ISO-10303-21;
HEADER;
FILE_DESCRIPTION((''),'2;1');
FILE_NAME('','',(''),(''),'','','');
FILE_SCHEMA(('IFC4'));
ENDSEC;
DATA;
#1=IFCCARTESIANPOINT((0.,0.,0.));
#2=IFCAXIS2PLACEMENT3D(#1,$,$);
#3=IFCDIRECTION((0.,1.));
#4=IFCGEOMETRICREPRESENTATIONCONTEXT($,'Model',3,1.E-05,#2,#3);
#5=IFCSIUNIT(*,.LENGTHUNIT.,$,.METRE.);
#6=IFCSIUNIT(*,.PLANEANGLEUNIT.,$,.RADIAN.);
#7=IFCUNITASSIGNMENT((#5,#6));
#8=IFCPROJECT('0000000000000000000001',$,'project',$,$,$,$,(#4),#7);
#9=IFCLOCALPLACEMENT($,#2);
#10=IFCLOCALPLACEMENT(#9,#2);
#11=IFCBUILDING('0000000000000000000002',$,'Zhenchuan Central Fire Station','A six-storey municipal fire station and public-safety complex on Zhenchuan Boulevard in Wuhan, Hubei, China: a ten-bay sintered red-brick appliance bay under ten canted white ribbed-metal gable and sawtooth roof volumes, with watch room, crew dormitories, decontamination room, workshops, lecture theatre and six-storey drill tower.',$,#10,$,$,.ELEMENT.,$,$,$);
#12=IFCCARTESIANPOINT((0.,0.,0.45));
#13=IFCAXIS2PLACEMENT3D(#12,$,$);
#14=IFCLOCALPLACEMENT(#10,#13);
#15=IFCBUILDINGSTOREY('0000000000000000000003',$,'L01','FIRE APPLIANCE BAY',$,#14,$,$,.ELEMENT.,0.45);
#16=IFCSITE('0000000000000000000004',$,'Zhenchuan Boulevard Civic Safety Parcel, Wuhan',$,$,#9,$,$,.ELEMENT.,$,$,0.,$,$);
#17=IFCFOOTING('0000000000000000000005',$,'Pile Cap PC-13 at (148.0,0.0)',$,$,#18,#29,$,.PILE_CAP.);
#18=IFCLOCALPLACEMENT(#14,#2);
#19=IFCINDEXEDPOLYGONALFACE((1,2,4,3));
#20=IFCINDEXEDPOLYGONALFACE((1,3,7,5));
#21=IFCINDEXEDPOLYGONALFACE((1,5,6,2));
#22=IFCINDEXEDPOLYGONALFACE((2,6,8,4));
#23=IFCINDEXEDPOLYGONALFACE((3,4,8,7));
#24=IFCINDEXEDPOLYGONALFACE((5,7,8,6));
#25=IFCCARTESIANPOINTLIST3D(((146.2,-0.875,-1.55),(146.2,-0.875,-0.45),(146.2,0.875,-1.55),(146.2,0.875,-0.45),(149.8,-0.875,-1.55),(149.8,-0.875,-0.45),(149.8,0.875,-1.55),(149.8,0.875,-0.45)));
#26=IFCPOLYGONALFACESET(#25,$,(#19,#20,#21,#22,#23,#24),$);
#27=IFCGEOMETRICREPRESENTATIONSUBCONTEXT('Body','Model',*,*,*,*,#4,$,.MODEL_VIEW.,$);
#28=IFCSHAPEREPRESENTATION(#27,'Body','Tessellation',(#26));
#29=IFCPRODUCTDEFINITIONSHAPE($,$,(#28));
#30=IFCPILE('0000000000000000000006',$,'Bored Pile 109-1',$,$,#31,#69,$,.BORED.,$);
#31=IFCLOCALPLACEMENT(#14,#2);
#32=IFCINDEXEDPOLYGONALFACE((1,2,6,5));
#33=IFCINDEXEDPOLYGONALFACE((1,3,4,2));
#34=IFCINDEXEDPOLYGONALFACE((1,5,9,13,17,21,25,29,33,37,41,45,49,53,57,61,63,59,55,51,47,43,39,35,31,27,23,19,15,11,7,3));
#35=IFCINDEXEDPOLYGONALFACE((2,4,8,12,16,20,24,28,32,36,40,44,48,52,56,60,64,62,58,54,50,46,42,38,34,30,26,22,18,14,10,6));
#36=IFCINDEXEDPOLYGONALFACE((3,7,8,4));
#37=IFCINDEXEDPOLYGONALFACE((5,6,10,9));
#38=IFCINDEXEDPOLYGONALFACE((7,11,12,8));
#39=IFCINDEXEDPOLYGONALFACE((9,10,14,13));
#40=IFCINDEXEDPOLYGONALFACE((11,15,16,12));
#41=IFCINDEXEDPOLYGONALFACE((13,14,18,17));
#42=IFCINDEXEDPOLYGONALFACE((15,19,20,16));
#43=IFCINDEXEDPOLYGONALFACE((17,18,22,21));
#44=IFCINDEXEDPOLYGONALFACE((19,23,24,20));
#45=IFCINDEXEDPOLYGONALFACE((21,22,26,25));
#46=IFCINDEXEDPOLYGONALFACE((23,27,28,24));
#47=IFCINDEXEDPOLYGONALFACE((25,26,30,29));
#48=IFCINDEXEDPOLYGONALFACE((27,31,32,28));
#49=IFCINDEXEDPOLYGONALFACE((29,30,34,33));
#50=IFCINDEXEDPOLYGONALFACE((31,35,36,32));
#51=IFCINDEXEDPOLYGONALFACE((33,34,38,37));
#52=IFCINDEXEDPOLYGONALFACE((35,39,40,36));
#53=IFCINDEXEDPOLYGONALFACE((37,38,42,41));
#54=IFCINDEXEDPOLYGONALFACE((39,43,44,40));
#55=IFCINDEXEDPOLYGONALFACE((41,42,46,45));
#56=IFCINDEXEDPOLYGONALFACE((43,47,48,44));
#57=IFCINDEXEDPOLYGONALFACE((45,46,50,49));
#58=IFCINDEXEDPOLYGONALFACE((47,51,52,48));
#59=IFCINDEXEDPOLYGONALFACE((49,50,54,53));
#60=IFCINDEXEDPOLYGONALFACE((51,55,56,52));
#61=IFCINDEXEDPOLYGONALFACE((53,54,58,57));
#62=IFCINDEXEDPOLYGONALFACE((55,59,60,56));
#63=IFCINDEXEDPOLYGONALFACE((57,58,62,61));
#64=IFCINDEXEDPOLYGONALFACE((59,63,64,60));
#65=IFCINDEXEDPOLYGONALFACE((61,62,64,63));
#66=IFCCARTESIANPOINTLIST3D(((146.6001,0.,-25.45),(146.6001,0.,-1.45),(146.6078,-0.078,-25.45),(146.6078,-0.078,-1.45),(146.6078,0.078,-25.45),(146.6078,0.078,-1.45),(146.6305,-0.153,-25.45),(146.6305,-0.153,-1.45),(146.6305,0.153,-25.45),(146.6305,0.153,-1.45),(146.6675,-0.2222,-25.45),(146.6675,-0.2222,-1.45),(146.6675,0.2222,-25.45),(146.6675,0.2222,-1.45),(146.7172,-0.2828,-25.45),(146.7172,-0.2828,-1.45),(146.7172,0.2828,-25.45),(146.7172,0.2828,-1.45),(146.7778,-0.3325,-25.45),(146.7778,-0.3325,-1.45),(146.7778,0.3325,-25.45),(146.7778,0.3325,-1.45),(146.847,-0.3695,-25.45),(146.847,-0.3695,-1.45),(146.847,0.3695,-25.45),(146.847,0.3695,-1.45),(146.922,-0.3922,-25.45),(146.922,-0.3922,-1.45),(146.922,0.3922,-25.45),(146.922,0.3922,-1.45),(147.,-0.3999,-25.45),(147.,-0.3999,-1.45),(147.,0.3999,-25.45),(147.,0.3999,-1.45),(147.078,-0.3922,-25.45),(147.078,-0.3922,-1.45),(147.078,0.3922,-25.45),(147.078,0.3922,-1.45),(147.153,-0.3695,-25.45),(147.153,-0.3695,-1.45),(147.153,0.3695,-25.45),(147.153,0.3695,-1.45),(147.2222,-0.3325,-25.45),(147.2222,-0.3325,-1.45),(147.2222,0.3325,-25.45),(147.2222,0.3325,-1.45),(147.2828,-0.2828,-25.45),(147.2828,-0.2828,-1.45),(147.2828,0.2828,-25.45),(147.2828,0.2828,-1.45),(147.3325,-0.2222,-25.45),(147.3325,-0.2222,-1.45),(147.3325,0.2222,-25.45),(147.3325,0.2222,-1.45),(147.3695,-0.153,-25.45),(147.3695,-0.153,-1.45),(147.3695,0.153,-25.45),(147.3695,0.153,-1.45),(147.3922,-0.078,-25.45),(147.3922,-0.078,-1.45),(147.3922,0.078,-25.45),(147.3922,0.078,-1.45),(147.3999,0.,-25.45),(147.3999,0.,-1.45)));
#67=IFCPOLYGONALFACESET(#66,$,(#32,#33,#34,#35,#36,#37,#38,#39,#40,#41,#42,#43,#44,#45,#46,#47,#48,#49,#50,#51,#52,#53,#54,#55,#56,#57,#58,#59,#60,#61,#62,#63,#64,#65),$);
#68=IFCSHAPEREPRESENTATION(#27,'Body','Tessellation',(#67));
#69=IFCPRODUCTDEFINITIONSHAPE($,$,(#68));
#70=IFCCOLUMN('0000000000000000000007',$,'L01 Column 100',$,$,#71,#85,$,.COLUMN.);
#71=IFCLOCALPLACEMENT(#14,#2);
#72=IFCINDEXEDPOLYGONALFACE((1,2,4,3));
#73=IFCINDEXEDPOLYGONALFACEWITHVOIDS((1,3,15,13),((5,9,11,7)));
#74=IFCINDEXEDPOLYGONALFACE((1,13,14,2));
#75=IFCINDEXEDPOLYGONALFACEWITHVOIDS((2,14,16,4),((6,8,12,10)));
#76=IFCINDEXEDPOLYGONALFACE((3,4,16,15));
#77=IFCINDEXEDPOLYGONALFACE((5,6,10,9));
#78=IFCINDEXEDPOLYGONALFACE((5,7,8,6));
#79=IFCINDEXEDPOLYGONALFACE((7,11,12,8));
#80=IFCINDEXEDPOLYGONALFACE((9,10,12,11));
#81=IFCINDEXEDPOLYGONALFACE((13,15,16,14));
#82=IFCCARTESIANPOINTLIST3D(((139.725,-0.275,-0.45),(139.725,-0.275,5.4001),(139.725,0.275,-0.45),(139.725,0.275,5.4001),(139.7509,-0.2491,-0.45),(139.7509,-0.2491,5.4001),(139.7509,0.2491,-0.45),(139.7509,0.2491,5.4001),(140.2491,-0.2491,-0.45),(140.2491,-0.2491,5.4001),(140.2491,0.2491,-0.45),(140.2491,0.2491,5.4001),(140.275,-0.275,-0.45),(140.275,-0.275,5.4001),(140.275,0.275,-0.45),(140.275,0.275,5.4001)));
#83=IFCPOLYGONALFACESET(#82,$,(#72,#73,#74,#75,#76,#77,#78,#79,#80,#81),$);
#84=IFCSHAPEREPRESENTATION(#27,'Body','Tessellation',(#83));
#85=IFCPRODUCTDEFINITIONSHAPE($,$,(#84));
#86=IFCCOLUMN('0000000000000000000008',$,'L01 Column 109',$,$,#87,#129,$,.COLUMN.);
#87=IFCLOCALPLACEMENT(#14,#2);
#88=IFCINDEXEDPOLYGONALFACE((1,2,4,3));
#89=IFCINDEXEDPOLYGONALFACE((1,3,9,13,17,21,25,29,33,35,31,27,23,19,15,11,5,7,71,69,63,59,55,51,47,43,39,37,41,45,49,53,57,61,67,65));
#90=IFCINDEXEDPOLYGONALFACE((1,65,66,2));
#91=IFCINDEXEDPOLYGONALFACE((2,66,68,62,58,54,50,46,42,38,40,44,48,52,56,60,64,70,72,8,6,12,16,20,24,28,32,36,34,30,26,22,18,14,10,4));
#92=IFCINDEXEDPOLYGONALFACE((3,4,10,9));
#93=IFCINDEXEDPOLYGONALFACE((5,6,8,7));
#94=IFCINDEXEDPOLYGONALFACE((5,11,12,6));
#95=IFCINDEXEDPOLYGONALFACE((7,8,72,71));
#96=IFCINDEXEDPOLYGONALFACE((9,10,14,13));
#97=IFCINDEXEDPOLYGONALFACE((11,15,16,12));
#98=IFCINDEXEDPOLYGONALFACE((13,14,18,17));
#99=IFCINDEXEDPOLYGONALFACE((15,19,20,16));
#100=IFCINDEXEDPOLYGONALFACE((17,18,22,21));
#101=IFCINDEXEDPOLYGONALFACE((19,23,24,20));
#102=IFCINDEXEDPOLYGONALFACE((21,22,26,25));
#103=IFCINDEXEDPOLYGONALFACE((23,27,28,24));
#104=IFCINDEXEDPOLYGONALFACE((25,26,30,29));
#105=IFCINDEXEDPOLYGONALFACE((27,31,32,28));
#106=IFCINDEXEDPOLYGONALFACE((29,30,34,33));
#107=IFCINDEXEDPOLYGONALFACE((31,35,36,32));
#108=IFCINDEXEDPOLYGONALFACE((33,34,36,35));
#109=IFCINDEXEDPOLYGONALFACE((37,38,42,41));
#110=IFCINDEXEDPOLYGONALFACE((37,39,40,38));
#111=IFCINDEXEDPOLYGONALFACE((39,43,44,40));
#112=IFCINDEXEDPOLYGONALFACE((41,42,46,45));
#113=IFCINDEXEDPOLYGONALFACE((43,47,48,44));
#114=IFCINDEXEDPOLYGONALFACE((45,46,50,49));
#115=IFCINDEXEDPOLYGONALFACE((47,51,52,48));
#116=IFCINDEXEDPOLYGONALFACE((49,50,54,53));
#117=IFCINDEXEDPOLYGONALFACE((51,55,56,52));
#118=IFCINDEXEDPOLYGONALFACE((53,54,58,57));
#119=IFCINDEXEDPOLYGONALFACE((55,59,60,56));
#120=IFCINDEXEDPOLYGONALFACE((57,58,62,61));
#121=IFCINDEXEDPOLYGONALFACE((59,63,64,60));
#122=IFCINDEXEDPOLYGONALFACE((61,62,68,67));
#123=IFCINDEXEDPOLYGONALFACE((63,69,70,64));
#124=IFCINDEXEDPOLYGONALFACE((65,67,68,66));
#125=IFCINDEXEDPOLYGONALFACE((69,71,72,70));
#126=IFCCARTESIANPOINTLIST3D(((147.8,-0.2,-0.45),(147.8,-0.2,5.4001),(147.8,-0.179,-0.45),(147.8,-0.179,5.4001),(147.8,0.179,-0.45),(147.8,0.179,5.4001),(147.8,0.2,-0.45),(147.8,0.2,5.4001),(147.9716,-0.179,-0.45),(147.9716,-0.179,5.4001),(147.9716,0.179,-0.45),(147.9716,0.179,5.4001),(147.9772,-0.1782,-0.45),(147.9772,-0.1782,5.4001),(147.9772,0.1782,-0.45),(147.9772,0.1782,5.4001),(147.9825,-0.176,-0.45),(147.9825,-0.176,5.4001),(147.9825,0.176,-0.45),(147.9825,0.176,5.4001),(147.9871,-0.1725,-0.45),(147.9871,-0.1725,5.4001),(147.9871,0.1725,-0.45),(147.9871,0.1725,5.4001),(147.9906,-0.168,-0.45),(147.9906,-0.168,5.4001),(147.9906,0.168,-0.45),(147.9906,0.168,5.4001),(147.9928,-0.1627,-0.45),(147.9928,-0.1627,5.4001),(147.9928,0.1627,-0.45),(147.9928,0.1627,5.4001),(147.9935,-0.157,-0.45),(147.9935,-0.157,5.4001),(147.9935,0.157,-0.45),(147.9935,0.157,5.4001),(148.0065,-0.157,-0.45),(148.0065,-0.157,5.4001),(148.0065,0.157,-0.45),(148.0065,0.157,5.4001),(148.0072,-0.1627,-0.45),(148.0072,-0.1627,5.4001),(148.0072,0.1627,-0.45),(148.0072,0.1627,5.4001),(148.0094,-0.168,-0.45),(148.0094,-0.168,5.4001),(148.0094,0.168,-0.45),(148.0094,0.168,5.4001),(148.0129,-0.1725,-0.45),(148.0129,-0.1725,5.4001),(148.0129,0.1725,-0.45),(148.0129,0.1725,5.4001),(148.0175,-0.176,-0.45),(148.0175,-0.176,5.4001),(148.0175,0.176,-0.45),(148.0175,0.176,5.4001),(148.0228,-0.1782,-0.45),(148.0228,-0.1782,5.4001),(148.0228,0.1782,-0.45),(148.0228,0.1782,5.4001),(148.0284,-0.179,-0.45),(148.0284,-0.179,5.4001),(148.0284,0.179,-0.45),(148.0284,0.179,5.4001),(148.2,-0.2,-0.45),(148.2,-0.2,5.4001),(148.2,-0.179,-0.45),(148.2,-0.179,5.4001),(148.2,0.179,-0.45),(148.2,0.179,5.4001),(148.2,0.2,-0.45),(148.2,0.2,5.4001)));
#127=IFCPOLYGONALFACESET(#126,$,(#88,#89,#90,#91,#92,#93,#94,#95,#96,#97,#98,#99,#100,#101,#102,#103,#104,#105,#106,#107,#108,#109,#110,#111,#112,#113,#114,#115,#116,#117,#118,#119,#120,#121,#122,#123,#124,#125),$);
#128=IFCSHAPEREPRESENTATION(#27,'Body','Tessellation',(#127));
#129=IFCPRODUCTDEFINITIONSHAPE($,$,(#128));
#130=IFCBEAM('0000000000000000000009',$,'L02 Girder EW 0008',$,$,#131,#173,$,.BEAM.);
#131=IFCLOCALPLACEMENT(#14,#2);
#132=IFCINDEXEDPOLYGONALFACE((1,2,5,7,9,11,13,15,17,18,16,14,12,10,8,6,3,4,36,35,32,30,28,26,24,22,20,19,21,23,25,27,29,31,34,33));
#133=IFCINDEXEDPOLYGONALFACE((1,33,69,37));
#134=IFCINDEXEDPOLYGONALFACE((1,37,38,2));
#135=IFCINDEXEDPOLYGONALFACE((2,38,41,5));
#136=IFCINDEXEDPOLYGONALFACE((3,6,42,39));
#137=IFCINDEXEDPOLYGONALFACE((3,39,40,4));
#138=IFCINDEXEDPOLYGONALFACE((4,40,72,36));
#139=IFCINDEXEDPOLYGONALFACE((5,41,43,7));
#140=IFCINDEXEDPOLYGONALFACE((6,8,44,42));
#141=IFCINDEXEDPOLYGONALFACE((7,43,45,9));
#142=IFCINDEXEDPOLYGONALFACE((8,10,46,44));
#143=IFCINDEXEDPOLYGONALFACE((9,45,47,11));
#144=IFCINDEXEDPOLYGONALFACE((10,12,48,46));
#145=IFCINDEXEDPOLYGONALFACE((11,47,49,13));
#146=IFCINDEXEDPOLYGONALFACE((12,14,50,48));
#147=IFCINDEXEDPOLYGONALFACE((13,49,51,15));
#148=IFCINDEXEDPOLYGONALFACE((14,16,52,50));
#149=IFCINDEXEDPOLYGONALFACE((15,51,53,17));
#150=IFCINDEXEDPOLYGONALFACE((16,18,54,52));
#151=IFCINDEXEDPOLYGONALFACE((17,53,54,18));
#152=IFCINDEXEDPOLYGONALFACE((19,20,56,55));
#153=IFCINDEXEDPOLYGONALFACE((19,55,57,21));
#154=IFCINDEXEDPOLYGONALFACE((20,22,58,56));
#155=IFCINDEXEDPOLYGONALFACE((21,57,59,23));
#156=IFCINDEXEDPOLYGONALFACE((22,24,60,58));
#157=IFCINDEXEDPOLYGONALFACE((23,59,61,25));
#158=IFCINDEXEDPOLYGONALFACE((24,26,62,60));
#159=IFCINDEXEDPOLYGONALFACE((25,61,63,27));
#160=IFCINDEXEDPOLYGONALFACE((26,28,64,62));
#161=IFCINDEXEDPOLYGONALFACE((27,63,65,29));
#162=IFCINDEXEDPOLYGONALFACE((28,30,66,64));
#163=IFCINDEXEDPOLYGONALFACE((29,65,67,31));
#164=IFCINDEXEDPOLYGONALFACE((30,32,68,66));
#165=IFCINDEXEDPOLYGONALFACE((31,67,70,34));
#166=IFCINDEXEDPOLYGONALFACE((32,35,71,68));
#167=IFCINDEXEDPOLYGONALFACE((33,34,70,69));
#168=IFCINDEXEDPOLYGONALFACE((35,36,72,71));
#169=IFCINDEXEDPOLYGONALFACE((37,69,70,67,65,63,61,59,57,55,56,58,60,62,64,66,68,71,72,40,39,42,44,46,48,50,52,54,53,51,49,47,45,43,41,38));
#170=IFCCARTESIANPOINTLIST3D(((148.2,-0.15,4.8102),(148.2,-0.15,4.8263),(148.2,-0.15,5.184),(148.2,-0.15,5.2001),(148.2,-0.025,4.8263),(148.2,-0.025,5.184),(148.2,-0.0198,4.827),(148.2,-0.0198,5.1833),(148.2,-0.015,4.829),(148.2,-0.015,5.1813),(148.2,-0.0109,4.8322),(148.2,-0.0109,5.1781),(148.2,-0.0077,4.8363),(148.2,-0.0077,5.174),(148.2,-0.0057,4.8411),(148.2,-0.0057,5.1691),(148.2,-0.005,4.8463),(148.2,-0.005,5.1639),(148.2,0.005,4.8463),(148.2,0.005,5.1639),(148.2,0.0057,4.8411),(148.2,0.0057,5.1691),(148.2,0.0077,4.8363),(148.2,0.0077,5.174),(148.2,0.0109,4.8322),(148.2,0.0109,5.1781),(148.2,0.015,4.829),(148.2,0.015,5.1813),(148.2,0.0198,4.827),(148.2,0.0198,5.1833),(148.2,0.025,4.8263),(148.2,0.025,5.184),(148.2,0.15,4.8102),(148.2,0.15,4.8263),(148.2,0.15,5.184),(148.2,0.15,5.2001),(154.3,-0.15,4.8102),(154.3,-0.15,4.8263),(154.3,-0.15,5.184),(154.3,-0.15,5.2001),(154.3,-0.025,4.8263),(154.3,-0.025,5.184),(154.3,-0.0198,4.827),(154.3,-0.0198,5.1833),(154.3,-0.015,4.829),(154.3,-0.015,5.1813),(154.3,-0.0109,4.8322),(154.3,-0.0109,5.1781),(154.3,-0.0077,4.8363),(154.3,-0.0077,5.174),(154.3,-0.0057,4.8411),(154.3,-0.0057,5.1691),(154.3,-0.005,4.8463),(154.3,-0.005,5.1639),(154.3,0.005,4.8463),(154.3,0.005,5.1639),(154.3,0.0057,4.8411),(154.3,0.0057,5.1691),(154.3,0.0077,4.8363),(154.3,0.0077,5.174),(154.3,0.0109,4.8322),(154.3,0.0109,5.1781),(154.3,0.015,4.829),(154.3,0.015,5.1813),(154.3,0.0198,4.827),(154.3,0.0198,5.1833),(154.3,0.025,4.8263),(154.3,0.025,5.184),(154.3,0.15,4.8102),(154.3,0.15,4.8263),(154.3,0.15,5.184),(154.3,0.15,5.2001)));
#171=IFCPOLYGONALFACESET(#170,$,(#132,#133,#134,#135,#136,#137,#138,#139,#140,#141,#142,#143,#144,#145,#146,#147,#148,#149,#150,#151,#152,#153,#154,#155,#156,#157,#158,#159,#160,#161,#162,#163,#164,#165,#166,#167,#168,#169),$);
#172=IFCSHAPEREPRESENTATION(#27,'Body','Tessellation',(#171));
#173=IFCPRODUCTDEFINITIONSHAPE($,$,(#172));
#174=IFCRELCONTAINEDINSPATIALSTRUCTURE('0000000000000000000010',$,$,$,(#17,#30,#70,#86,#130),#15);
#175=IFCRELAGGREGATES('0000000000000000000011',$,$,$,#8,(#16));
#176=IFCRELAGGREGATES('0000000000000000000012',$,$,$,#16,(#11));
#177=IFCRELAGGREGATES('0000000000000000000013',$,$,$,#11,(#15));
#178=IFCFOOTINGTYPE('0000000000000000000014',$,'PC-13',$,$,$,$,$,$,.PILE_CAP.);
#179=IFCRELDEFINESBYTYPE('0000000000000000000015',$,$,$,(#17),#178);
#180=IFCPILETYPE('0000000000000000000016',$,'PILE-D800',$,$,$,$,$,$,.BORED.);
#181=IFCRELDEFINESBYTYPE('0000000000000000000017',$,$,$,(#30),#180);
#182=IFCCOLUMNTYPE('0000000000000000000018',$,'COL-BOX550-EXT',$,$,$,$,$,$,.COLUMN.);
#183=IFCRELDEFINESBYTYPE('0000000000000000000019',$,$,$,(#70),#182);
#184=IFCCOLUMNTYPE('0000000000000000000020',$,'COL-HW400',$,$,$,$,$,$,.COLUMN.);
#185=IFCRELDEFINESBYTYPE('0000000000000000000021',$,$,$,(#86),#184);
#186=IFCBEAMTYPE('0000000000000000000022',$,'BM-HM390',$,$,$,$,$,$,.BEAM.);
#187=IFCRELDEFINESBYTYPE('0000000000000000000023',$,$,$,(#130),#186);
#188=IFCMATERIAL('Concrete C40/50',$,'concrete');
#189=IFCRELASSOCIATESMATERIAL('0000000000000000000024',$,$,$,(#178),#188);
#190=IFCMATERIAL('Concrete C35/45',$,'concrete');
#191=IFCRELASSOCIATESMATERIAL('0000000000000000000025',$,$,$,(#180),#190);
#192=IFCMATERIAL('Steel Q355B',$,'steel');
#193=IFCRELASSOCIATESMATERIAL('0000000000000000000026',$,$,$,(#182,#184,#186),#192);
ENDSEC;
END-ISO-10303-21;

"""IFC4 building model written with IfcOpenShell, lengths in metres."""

from ifc_helpers import new_model, si_unit, direction, frame, origin, origin_2d, place, context, subcontext, project, spatial, rectangle, hollow_rectangle, circle, i_section, extrude, material, material_profile, profile_set, type_object, element, save


model = new_model("IFC4")

# Units and contexts
model_context = context("Model", 3, precision=1e-05, world=origin(), true_north=direction((0.0, 1.0)))
body_context = subcontext(model_context, "Body", "Model", "MODEL_VIEW")
ifc_project = project(units=[si_unit("LENGTHUNIT", "METRE"), si_unit("PLANEANGLEUNIT", "RADIAN")], contexts=[model_context])

# Site, building, storey
site_placement = place(None, origin())
site = spatial("IfcSite", under=ifc_project, at=site_placement, Name="Zhenchuan Boulevard Civic Safety Parcel, Wuhan", CompositionType="ELEMENT", RefElevation=0.0)
building_placement = place(site_placement, origin())
building = spatial("IfcBuilding", under=site, at=building_placement, Name="Zhenchuan Central Fire Station", Description="A six-storey municipal fire station and public-safety complex on Zhenchuan Boulevard in Wuhan, Hubei, China: a ten-bay sintered red-brick appliance bay under ten canted white ribbed-metal gable and sawtooth roof volumes, with watch room, crew dormitories, decontamination room, workshops, lecture theatre and six-storey drill tower.", CompositionType="ELEMENT")
storey_placement = place(building_placement, frame((0.0, 0.0, 0.45)))
storey = spatial("IfcBuildingStorey", under=building, at=storey_placement, Name="L01", Description="FIRE APPLIANCE BAY", CompositionType="ELEMENT", Elevation=0.45)

# Footing
ifc_material_1 = material(Name="Concrete C40/50", Category="concrete")
footing_type = type_object("IfcFootingType", Name="PC-13", PredefinedType="PILE_CAP", material=ifc_material_1)
footing_placement = place(storey_placement, frame((148.0, 0.0, -1.55), z_axis=(0.0, 0.0, 1.0), x_axis=(1.0, 0.0, 0.0)))
element("IfcFooting", 1, at=footing_placement, inside=storey, type_object=footing_type, Name="Pile Cap PC-13 at (148.0,0.0)", PredefinedType="PILE_CAP", context=body_context, shape_type="SweptSolid", body=[
    extrude(rectangle(XDim=3.6001, YDim=1.75, at=origin_2d()), origin(), (0.0, 0.0, 1.0), 1.1001),
])

# Pile
ifc_material_2 = material(Name="Concrete C35/45", Category="concrete")
ifc_material_profile_1 = material_profile(ifc_material_2, circle(Radius=0.3999, at=origin_2d()), Name="PILE D800")
ifc_profile_set_1 = profile_set([ifc_material_profile_1], Name="Concrete C35/45")
pile_type = type_object("IfcPileType", Name="PILE-D800", PredefinedType="BORED", material=ifc_profile_set_1)
pile_placement = place(storey_placement, frame((147.0, 0.0, -1.45), z_axis=(0.0, 0.0, -1.0), x_axis=(1.0, 0.0, 0.0)))
element("IfcPile", 2, at=pile_placement, inside=storey, type_object=pile_type, Name="Bored Pile 109-1", PredefinedType="BORED", context=body_context, shape_type="SweptSolid", body=[
    extrude(circle(Radius=0.3999, at=origin_2d()), origin(), (0.0, 0.0, 1.0), 24.0),
])

# Columns
ifc_material_3 = material(Name="Steel Q355B", Category="steel")
ifc_material_profile_2 = material_profile(ifc_material_3, hollow_rectangle(XDim=0.55, YDim=0.55, WallThickness=0.0259, at=origin_2d()), Name="BOX 550x550x26")
ifc_profile_set_2 = profile_set([ifc_material_profile_2], Name="Steel Q355B")
column_type_1 = type_object("IfcColumnType", Name="COL-BOX550-EXT", PredefinedType="COLUMN", material=ifc_profile_set_2)
column_1_placement = place(storey_placement, frame((140.0, 0.0, -0.45), z_axis=(0.0, 0.0, 1.0), x_axis=(1.0, 0.0, 0.0)))
element("IfcColumn", 3, at=column_1_placement, inside=storey, type_object=column_type_1, Name="L01 Column 100", PredefinedType="COLUMN", context=body_context, shape_type="SweptSolid", body=[
    extrude(hollow_rectangle(XDim=0.55, YDim=0.55, WallThickness=0.0259, at=origin_2d()), origin(), (0.0, 0.0, 1.0), 5.8501),
])
ifc_material_profile_3 = material_profile(ifc_material_3, i_section(OverallWidth=0.3999, OverallDepth=0.3999, WebThickness=0.0129, FlangeThickness=0.021, FilletRadius=0.022, at=origin_2d()), Name="HW 400x400")
ifc_profile_set_3 = profile_set([ifc_material_profile_3], Name="Steel Q355B")
column_type_2 = type_object("IfcColumnType", Name="COL-HW400", PredefinedType="COLUMN", material=ifc_profile_set_3)
column_2_placement = place(storey_placement, frame((148.0, 0.0, -0.45), z_axis=(0.0, 0.0, 1.0), x_axis=(1.0, 0.0, 0.0)))
element("IfcColumn", 4, at=column_2_placement, inside=storey, type_object=column_type_2, Name="L01 Column 109", PredefinedType="COLUMN", context=body_context, shape_type="SweptSolid", body=[
    extrude(i_section(OverallWidth=0.3999, OverallDepth=0.3999, WebThickness=0.0129, FlangeThickness=0.021, FilletRadius=0.022, at=origin_2d()), origin(), (0.0, 0.0, 1.0), 5.8501),
])

# Beam
ifc_material_profile_4 = material_profile(ifc_material_3, i_section(OverallWidth=0.3, OverallDepth=0.3899, WebThickness=0.01, FlangeThickness=0.0161, FilletRadius=0.02, at=origin_2d()), Name="HM 390x300")
ifc_profile_set_4 = profile_set([ifc_material_profile_4], Name="Steel Q355B")
beam_type_1 = type_object("IfcBeamType", Name="BM-HM390", PredefinedType="BEAM", material=ifc_profile_set_4)
beam_1_placement = place(storey_placement, frame((148.2, 0.0, 5.0051), z_axis=(1.0, 0.0, 0.0), x_axis=(0.0, 1.0, 0.0)))
element("IfcBeam", 5, at=beam_1_placement, inside=storey, type_object=beam_type_1, Name="L02 Girder EW 0008", PredefinedType="BEAM", context=body_context, shape_type="SweptSolid", body=[
    extrude(i_section(OverallWidth=0.3, OverallDepth=0.3899, WebThickness=0.01, FlangeThickness=0.0161, FilletRadius=0.02, at=origin_2d()), origin(), (0.0, 0.0, 1.0), 6.1001),
])

save(model, "model.ifc")
